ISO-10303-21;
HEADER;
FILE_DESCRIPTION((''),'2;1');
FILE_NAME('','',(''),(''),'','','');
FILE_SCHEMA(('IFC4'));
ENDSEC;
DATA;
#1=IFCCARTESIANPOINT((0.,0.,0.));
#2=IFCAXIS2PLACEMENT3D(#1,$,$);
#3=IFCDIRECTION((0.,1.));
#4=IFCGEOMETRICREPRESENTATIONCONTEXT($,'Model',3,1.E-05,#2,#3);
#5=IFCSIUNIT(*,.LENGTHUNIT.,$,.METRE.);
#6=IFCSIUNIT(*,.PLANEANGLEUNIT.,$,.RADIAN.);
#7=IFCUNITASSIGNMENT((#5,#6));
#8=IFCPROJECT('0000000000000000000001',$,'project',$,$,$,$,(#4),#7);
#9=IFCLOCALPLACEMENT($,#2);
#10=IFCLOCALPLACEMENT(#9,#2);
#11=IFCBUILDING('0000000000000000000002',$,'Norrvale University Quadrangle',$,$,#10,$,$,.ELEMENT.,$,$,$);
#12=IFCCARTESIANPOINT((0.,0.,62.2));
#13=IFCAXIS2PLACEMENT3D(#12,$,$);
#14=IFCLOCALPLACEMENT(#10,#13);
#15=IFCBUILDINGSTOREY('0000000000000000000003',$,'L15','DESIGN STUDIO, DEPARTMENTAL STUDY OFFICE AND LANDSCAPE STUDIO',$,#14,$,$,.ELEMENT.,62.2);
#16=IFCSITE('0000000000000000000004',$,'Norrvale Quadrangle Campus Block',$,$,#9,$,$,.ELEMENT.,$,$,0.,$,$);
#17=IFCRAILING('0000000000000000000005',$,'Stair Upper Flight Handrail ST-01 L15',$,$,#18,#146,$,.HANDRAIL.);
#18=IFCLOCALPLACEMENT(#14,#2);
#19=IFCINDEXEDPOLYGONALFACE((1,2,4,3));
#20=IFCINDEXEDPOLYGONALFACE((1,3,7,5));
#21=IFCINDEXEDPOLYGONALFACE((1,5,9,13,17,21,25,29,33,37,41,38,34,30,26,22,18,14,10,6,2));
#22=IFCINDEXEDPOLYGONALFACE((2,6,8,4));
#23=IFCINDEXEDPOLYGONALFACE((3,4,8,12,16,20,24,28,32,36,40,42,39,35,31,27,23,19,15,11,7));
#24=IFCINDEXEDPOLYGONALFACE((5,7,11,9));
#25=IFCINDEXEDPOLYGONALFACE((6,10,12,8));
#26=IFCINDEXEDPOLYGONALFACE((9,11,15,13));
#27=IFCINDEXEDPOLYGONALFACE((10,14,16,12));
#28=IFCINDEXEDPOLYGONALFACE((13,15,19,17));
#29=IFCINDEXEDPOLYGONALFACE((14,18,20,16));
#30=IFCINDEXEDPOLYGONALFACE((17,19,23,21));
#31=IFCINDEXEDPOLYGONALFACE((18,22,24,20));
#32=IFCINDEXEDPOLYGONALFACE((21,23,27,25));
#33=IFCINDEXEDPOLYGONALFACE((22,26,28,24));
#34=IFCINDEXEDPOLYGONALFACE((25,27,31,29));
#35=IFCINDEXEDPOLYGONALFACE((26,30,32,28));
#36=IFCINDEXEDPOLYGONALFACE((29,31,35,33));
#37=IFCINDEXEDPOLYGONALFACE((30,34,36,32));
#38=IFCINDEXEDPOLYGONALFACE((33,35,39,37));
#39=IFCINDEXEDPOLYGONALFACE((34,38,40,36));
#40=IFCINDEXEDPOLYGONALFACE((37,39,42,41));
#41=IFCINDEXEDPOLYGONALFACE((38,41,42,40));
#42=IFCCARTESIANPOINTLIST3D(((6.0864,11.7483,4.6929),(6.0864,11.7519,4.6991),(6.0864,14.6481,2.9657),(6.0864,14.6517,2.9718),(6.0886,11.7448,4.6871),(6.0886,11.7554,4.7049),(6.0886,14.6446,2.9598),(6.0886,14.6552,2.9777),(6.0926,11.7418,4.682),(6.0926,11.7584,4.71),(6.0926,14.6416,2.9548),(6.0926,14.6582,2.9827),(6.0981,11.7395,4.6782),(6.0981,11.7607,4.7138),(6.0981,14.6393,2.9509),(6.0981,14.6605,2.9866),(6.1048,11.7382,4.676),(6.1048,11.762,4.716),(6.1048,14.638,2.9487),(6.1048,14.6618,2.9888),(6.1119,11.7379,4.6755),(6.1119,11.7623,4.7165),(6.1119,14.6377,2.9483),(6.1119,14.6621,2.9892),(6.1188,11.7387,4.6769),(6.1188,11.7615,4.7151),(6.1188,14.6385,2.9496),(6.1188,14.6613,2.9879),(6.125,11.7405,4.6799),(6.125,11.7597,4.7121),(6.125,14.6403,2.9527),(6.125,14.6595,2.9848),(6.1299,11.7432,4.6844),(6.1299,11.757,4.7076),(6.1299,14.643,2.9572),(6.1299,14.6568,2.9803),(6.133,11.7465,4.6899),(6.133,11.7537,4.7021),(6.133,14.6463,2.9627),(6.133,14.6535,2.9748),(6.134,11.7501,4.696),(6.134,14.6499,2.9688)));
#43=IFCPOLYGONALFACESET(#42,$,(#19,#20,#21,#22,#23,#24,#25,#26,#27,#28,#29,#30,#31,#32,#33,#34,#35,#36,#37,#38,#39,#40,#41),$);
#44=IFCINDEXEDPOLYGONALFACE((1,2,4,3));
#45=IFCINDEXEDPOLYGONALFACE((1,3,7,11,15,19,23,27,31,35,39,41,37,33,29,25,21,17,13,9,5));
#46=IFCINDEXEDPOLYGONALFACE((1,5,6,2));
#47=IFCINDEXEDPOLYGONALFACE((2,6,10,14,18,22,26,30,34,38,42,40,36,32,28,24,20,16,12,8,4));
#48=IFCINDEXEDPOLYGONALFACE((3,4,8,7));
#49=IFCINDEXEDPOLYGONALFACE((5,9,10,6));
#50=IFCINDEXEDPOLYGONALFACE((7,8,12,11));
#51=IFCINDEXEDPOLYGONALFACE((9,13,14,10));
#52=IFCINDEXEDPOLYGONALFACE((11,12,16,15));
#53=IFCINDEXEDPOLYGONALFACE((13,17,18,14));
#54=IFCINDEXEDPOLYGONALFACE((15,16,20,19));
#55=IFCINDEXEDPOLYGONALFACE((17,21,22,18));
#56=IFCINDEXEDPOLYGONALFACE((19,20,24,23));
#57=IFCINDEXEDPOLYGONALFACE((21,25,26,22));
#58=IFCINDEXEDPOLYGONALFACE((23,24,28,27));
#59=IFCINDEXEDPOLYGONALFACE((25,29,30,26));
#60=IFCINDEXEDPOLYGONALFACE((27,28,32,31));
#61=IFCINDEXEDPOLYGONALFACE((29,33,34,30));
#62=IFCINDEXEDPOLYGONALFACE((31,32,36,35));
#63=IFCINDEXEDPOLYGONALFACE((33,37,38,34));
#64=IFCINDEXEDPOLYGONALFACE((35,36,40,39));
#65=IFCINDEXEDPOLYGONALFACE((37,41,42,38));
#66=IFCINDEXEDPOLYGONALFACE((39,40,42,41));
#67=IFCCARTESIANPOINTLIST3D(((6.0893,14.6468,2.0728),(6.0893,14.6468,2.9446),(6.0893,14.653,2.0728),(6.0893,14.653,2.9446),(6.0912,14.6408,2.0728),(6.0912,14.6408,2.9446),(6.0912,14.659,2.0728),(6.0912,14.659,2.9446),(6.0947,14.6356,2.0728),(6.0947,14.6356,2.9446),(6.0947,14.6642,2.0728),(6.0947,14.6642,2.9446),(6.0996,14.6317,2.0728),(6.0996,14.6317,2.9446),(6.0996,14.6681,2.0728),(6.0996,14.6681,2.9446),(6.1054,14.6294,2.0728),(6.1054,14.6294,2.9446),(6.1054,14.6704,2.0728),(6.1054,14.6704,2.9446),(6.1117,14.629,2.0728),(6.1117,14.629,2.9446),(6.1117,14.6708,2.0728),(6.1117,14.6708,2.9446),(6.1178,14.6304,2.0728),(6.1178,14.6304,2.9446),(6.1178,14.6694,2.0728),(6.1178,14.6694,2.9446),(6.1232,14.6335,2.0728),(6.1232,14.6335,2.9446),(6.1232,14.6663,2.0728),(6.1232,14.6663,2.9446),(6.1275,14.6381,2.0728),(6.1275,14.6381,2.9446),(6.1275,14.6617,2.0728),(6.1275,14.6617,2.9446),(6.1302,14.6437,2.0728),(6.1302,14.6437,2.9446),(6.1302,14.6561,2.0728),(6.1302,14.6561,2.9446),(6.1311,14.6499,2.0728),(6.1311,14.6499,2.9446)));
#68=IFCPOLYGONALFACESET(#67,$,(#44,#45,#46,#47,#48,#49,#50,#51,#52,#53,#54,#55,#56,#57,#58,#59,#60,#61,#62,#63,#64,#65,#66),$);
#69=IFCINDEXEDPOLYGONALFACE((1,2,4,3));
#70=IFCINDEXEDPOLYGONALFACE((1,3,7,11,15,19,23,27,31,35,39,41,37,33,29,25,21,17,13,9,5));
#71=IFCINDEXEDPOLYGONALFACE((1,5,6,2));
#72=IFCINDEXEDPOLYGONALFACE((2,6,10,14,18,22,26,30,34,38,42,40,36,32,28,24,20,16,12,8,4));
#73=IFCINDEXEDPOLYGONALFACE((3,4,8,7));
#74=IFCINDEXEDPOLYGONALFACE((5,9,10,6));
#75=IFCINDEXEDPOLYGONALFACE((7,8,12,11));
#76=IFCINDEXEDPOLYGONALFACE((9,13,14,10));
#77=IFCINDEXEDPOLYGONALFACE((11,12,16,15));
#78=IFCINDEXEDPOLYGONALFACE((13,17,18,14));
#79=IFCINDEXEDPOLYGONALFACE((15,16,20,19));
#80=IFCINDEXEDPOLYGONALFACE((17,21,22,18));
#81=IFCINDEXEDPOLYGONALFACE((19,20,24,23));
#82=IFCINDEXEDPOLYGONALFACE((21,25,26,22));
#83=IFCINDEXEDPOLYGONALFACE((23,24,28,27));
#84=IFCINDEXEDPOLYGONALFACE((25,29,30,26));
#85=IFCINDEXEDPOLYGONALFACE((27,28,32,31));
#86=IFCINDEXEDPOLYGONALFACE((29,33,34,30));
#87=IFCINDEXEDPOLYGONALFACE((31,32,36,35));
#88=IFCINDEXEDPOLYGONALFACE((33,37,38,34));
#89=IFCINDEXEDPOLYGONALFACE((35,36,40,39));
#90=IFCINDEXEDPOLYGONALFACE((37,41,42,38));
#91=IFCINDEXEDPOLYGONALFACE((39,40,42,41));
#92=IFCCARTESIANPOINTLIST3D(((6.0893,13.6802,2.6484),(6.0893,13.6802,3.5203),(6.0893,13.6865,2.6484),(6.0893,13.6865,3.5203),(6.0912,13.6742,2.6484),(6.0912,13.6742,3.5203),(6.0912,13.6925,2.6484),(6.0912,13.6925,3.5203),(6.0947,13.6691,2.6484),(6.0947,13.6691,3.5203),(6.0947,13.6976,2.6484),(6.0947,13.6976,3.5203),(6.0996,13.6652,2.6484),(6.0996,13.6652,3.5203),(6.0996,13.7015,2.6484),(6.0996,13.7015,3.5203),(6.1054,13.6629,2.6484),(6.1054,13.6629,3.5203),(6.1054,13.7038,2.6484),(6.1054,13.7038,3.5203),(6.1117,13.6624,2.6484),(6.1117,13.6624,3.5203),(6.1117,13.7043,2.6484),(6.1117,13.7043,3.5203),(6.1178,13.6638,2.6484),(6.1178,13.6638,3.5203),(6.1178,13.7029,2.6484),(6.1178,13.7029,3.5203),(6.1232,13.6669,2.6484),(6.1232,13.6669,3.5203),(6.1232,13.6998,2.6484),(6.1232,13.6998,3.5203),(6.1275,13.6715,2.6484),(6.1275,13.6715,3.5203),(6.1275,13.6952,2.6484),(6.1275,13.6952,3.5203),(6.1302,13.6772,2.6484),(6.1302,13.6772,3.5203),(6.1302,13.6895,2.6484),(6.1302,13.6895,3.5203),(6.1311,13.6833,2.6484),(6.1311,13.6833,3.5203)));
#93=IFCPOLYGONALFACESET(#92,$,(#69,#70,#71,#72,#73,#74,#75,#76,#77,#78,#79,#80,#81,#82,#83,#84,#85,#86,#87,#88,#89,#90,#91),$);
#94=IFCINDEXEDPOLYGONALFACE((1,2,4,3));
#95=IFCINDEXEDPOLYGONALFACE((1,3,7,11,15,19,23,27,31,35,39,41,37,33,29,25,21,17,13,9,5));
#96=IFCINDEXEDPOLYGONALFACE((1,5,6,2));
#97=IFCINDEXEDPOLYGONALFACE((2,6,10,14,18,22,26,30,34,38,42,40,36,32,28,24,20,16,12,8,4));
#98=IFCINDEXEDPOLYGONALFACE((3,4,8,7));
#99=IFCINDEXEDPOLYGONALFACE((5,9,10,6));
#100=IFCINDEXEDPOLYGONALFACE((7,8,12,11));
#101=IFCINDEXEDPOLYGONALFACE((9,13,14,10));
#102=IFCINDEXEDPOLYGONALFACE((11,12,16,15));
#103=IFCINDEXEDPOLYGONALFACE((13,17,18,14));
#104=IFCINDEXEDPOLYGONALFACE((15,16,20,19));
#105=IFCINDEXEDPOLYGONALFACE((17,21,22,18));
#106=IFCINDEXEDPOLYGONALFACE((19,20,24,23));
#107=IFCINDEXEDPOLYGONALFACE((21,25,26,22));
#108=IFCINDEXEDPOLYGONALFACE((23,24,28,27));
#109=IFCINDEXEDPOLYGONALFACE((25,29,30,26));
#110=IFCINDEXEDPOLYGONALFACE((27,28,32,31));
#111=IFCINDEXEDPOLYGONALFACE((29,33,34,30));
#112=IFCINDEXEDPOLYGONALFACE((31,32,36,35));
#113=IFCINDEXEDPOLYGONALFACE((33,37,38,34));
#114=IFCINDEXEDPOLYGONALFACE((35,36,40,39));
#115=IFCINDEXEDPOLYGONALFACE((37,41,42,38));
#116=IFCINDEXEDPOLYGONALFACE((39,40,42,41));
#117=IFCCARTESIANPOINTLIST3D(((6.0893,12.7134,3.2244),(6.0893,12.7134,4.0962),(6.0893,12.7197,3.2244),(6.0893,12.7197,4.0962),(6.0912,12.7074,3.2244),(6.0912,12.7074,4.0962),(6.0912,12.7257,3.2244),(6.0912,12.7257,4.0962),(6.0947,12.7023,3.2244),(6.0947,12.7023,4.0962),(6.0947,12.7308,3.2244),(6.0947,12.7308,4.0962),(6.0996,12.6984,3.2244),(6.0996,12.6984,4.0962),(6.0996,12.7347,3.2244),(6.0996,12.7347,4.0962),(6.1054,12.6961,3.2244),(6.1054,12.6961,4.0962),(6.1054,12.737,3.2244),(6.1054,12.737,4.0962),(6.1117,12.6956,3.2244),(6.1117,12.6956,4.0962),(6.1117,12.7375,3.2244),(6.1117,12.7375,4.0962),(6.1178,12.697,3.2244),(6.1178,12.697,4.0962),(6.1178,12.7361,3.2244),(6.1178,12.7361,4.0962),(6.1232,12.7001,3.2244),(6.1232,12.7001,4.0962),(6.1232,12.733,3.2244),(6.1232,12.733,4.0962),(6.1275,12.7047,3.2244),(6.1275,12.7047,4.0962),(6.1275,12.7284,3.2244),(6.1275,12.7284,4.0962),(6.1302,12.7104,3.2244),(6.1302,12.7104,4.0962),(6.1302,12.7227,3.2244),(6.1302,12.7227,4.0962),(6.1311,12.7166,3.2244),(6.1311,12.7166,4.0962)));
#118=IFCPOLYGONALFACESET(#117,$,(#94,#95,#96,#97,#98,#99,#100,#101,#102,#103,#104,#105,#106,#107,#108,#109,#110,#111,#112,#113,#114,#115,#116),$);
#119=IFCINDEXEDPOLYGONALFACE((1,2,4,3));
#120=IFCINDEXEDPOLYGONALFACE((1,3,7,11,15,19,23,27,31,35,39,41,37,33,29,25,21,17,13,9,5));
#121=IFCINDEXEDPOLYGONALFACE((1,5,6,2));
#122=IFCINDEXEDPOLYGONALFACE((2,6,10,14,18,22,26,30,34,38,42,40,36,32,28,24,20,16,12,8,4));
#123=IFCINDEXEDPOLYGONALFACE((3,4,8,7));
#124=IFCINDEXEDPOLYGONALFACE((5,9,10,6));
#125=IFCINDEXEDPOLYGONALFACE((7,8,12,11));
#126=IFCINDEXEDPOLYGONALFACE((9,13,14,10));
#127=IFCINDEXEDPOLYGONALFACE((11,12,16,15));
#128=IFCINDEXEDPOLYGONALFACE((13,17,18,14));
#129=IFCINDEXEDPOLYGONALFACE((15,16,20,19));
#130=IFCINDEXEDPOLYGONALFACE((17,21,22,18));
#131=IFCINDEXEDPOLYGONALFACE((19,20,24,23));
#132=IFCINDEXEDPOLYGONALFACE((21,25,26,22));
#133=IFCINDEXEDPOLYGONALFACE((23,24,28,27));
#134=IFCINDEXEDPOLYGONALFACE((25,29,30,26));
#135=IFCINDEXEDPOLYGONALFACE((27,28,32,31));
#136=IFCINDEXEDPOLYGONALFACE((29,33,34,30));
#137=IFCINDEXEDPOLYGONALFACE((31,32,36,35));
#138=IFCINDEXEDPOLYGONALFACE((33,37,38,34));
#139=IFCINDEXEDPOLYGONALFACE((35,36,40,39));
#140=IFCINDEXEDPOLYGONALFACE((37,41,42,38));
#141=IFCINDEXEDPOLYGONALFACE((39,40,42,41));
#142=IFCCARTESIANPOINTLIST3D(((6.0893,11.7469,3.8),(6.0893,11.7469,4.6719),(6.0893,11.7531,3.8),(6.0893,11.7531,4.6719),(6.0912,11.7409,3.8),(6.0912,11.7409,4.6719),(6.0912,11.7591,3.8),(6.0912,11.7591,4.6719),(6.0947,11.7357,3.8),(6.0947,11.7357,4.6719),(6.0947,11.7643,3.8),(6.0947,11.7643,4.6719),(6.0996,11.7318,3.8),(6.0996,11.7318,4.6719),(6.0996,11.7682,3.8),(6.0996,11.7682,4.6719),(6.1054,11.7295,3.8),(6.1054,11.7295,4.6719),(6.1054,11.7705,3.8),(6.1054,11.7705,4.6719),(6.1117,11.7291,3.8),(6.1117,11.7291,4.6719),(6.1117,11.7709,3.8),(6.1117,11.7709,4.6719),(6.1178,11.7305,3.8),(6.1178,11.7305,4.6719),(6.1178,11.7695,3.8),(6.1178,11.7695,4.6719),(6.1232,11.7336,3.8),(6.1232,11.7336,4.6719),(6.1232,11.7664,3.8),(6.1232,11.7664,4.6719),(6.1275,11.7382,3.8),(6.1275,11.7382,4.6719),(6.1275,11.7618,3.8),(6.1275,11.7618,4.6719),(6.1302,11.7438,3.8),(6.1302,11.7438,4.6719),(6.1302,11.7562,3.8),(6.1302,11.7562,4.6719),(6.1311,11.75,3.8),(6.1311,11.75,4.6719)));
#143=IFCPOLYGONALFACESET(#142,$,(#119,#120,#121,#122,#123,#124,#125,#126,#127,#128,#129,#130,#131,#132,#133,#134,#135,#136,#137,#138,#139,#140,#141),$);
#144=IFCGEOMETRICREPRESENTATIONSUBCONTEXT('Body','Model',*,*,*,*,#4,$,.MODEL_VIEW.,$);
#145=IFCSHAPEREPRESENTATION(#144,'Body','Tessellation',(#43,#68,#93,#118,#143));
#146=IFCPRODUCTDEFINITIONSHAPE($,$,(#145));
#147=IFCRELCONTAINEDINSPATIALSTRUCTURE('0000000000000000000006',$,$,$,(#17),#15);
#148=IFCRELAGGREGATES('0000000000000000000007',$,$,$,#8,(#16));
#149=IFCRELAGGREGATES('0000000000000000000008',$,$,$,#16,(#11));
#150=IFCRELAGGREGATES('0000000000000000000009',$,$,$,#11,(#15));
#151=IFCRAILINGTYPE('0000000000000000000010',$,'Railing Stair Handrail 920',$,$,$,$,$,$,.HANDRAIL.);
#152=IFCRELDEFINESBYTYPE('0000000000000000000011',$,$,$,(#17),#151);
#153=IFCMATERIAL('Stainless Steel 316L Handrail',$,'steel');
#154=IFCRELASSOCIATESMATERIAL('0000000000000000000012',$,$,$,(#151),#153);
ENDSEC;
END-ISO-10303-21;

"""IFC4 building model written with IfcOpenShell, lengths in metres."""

from ifc_helpers import new_model, si_unit, direction, frame, origin, origin_2d, place, context, subcontext, project, spatial, circle, extrude, material, type_object, element, save


model = new_model("IFC4")

# Units and contexts
model_context = context("Model", 3, precision=1e-05, world=origin(), true_north=direction((0.0, 1.0)))
body_context = subcontext(model_context, "Body", "Model", "MODEL_VIEW")
ifc_project = project(units=[si_unit("LENGTHUNIT", "METRE"), si_unit("PLANEANGLEUNIT", "RADIAN")], contexts=[model_context])

# Site, building, storey
site_placement = place(None, origin())
site = spatial("IfcSite", under=ifc_project, at=site_placement, Name="Norrvale Quadrangle Campus Block", CompositionType="ELEMENT", RefElevation=0.0)
building_placement = place(site_placement, origin())
building = spatial("IfcBuilding", under=site, at=building_placement, Name="Norrvale University Quadrangle", CompositionType="ELEMENT")
storey_placement = place(building_placement, frame((0.0, 0.0, 62.2)))
storey = spatial("IfcBuildingStorey", under=building, at=storey_placement, Name="L15", Description="DESIGN STUDIO, DEPARTMENTAL STUDY OFFICE AND LANDSCAPE STUDIO", CompositionType="ELEMENT", Elevation=62.2)

# Railing
ifc_material_1 = material(Name="Stainless Steel 316L Handrail", Category="steel")
railing_type_1 = type_object("IfcRailingType", Name="Railing Stair Handrail 920", PredefinedType="HANDRAIL", material=ifc_material_1)
railing_1_placement = place(storey_placement, frame((6.1101, 14.6499, 2.0728)))
element("IfcRailing", 1, at=railing_1_placement, inside=storey, type_object=railing_type_1, Name="Stair Upper Flight Handrail ST-01 L15", PredefinedType="HANDRAIL", context=body_context, shape_type="SweptSolid", body=[
    extrude(circle(Radius=0.0239, at=origin_2d()), frame((0.0, 0.0, 0.896), z_axis=(0.0, -0.859141, 0.511738), x_axis=(1.0, 0.0, 0.0)), (0.0, 0.0, 1.0), 3.3752),
    extrude(circle(Radius=0.021, at=origin_2d()), origin(), (0.0, 0.0, 1.0), 0.8718),
    extrude(circle(Radius=0.021, at=origin_2d()), frame((0.0, -0.9666, 0.5757)), (0.0, 0.0, 1.0), 0.8718),
    extrude(circle(Radius=0.021, at=origin_2d()), frame((0.0, -1.9333, 1.1516)), (0.0, 0.0, 1.0), 0.8718),
    extrude(circle(Radius=0.021, at=origin_2d()), frame((0.0, -2.8999, 1.7273)), (0.0, 0.0, 1.0), 0.8718),
])

save(model, "model.ifc")
